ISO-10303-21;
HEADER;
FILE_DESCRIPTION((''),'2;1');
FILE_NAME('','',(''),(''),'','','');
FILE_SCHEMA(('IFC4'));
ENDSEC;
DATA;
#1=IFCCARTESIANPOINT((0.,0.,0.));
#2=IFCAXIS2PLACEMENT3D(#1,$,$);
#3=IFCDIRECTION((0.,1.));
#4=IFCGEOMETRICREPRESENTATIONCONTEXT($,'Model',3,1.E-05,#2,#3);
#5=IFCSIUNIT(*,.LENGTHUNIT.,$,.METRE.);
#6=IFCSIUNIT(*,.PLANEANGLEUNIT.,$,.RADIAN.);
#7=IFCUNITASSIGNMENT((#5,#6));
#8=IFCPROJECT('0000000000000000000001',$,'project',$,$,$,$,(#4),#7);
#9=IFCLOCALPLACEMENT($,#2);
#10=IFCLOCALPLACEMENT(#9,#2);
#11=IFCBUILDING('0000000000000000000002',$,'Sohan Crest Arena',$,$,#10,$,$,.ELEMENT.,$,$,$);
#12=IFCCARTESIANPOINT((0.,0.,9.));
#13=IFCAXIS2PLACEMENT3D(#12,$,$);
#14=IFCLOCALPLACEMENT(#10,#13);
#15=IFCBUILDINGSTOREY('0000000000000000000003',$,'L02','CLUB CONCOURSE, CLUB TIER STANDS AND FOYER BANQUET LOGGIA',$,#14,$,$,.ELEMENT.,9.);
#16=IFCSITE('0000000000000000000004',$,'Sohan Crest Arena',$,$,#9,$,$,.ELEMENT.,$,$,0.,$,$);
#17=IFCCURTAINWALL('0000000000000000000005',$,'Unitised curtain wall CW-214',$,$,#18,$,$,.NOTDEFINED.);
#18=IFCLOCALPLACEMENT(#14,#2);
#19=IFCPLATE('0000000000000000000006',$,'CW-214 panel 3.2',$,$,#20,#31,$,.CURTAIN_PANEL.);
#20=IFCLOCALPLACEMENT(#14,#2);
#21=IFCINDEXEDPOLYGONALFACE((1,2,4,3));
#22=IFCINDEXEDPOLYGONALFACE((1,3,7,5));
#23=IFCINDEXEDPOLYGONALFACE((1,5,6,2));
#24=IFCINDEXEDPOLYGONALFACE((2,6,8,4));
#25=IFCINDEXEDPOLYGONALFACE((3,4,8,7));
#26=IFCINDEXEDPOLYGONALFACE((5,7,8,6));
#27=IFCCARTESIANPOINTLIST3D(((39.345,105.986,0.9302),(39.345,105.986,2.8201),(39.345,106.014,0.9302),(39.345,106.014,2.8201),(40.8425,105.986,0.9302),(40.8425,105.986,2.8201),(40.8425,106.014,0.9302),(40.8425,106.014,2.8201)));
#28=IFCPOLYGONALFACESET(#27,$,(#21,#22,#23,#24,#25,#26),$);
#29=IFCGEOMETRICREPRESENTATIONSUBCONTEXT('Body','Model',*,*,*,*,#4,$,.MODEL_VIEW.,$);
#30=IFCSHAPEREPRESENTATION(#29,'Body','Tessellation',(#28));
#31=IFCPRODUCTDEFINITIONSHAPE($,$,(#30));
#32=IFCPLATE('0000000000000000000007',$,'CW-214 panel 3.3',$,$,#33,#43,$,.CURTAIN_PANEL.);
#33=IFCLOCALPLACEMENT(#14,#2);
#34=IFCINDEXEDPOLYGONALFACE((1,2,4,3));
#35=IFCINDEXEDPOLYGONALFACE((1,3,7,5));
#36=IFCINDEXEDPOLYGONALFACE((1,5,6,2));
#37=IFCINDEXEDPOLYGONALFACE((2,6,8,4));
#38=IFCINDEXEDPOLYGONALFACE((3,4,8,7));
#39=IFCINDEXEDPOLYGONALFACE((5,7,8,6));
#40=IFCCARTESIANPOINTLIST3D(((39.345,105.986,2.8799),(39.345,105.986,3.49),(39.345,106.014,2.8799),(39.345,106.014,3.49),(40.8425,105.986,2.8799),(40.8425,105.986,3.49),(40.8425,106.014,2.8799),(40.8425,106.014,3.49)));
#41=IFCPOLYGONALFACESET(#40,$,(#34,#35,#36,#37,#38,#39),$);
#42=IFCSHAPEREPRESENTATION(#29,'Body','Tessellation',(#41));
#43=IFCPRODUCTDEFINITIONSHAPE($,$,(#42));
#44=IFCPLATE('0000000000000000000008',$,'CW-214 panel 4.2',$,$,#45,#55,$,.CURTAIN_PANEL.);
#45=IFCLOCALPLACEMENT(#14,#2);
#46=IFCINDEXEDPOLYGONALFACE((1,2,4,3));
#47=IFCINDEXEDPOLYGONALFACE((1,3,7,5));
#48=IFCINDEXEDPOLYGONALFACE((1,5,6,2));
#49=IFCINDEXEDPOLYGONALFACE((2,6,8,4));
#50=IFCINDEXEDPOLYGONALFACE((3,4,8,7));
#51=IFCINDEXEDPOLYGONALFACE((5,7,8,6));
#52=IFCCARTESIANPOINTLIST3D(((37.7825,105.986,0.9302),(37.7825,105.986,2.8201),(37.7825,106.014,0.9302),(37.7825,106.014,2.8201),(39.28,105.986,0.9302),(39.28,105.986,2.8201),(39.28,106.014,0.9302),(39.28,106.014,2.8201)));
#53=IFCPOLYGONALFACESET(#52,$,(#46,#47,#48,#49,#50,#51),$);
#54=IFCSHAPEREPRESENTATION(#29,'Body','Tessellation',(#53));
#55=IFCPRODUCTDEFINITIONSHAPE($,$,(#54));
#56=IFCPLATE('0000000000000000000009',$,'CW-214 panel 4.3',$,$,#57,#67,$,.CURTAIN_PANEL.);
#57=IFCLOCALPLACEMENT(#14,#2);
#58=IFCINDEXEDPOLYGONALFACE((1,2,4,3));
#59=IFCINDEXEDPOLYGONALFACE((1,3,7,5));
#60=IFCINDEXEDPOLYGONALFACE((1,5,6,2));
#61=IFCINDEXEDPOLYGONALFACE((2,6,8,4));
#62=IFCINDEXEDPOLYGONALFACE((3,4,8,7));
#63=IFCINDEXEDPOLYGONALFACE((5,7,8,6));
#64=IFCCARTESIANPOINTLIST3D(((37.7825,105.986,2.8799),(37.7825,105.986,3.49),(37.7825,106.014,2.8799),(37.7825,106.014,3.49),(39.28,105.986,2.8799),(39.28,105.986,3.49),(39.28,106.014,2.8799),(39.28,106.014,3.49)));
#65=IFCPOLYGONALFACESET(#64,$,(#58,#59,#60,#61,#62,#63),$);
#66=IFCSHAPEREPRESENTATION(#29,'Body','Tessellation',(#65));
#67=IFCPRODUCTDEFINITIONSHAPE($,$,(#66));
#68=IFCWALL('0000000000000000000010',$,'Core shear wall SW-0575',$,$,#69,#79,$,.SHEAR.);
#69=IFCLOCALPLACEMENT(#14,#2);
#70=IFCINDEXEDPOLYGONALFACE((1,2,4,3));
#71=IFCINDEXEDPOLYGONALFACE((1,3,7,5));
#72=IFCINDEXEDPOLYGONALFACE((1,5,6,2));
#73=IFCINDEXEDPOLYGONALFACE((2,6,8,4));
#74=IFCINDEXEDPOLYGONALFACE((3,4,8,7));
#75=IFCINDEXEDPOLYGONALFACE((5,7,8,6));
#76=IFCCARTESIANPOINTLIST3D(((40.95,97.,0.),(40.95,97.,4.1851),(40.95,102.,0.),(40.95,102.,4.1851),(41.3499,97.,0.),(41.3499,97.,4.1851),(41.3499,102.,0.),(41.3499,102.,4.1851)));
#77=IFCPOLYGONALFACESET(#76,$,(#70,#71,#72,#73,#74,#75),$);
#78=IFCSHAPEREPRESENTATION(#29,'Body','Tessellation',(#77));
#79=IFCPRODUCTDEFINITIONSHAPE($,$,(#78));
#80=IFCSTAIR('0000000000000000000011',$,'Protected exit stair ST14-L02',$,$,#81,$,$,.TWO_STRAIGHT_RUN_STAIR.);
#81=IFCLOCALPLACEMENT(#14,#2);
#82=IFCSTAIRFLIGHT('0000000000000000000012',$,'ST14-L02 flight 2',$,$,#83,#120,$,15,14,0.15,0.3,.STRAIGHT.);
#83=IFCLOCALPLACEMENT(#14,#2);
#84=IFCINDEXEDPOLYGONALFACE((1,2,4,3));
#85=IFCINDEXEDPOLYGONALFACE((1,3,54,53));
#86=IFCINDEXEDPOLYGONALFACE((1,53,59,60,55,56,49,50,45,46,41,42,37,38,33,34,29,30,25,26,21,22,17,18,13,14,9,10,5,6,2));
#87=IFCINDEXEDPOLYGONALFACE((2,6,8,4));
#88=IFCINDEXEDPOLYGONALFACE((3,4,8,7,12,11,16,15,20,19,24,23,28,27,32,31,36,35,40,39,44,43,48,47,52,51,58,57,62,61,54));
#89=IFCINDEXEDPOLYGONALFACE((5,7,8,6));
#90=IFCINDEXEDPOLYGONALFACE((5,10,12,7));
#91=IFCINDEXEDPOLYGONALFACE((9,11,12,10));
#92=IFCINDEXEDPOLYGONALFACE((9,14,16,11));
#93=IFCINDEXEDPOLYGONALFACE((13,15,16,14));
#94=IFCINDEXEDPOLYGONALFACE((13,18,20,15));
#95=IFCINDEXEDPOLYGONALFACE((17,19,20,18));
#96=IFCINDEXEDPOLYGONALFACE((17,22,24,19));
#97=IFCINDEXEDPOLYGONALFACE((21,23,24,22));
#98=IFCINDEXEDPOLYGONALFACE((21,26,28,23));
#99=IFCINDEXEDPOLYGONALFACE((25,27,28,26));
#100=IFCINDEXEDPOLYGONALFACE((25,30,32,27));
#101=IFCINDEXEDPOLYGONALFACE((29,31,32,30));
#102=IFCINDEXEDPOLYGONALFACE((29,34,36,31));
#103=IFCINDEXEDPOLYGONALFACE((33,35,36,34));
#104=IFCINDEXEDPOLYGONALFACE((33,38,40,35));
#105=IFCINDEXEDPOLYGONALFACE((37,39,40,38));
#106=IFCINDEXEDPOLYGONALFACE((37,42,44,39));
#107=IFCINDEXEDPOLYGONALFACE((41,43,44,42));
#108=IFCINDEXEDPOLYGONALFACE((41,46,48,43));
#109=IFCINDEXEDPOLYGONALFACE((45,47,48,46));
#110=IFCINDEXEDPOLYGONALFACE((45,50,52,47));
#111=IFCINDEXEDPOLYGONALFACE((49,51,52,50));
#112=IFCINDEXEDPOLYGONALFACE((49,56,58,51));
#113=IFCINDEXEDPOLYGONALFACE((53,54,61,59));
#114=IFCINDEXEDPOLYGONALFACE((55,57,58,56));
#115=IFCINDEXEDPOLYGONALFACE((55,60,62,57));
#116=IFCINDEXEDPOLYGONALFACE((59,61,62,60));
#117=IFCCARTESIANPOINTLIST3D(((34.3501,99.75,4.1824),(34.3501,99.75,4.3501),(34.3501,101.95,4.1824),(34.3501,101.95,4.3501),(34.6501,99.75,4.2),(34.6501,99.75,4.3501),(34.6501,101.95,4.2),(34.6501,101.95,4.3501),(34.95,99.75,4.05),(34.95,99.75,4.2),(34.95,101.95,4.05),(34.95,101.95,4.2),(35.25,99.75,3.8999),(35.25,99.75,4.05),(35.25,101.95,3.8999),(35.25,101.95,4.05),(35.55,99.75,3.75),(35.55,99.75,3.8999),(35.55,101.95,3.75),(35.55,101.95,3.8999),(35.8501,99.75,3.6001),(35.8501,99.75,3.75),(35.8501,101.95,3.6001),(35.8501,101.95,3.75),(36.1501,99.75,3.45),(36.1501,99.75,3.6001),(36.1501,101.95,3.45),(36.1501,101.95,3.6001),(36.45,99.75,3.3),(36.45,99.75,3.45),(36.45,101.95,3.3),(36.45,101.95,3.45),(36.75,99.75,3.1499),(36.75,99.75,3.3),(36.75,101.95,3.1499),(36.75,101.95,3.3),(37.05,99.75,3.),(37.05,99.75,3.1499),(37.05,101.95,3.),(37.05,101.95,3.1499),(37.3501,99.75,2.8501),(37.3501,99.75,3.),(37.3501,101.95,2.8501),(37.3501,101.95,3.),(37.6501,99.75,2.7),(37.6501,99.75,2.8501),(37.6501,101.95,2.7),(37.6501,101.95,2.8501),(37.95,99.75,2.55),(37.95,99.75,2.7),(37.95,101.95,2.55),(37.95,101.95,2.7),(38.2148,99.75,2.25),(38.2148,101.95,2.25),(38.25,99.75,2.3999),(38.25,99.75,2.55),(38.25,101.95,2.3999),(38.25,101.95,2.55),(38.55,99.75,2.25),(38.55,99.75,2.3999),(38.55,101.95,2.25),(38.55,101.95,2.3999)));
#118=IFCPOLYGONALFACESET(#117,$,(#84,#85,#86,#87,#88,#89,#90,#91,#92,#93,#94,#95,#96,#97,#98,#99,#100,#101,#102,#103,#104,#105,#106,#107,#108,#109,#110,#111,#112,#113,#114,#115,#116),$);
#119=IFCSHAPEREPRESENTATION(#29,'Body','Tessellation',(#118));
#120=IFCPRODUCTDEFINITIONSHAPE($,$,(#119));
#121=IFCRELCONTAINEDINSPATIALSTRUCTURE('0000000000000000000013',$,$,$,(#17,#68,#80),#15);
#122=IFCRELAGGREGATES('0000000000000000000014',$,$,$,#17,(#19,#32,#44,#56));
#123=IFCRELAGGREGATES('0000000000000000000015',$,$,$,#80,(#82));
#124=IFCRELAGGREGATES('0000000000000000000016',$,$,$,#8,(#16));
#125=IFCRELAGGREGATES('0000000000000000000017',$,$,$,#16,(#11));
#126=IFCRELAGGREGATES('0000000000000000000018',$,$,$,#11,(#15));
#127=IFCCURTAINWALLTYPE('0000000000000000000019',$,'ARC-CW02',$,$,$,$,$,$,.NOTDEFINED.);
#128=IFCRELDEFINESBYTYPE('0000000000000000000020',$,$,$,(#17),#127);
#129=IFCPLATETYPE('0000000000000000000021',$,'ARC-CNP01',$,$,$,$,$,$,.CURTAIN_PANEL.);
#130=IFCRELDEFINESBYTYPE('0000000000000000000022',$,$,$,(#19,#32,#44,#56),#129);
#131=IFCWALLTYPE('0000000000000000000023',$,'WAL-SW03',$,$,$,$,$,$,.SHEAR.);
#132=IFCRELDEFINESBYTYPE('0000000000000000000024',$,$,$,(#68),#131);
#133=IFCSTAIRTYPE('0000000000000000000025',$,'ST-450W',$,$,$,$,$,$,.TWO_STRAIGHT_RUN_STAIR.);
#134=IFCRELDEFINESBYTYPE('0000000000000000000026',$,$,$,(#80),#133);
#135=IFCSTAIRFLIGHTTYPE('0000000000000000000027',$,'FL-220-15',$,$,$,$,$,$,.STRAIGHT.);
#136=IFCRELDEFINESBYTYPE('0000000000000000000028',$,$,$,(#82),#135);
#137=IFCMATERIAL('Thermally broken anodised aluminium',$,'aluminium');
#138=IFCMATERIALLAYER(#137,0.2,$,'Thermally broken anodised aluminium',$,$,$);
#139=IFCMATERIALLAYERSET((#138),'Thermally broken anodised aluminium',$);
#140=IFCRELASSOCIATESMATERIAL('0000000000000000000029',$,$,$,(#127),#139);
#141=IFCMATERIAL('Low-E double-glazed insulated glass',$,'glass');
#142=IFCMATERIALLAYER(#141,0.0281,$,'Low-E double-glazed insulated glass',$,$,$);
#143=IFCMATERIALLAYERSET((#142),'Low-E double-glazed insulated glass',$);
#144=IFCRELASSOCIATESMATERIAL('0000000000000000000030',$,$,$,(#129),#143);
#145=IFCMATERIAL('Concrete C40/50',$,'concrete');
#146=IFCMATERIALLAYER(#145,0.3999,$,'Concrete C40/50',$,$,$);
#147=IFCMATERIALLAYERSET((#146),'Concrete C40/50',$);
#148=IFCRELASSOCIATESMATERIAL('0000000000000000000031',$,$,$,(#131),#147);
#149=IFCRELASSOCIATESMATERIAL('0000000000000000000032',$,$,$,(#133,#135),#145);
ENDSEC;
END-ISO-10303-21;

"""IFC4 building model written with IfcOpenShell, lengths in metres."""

from ifc_helpers import new_model, si_unit, direction, frame, frame_2d, origin, origin_2d, place, context, subcontext, project, spatial, polyline, rectangle, outline, extrude, material, layer, layer_set, type_object, element, aggregate, save


model = new_model("IFC4")

# Units and contexts
model_context = context("Model", 3, precision=1e-05, world=origin(), true_north=direction((0.0, 1.0)))
body_context = subcontext(model_context, "Body", "Model", "MODEL_VIEW")
ifc_project = project(units=[si_unit("LENGTHUNIT", "METRE"), si_unit("PLANEANGLEUNIT", "RADIAN")], contexts=[model_context])

# Site, building, storey
site_placement = place(None, origin())
site = spatial("IfcSite", under=ifc_project, at=site_placement, Name="Sohan Crest Arena", CompositionType="ELEMENT", RefElevation=0.0)
building_placement = place(site_placement, origin())
building = spatial("IfcBuilding", under=site, at=building_placement, Name="Sohan Crest Arena", CompositionType="ELEMENT")
storey_placement = place(building_placement, frame((0.0, 0.0, 9.0)))
storey = spatial("IfcBuildingStorey", under=building, at=storey_placement, Name="L02", Description="CLUB CONCOURSE, CLUB TIER STANDS AND FOYER BANQUET LOGGIA", CompositionType="ELEMENT", Elevation=9.0)

# Shared definitions
ifc_material_1 = material(Name="Concrete C40/50", Category="concrete")

# Curtain wall, plates
ifc_material_2 = material(Name="Thermally broken anodised aluminium", Category="aluminium")
ifc_layer_1 = layer(ifc_material_2, 0.2, Name="Thermally broken anodised aluminium")
ifc_layer_set_1 = layer_set([ifc_layer_1], Name="Thermally broken anodised aluminium")
curtain_wall_type = type_object("IfcCurtainWallType", Name="ARC-CW02", PredefinedType="NOTDEFINED", material=ifc_layer_set_1)
curtain_wall_placement = place(storey_placement, origin())
curtain_wall = element("IfcCurtainWall", 1, at=curtain_wall_placement, inside=storey, type_object=curtain_wall_type, Name="Unitised curtain wall CW-214", PredefinedType="NOTDEFINED")
ifc_material_3 = material(Name="Low-E double-glazed insulated glass", Category="glass")
ifc_layer_2 = layer(ifc_material_3, 0.0281, Name="Low-E double-glazed insulated glass")
ifc_layer_set_2 = layer_set([ifc_layer_2], Name="Low-E double-glazed insulated glass")
plate_type = type_object("IfcPlateType", Name="ARC-CNP01", PredefinedType="CURTAIN_PANEL", material=ifc_layer_set_2)
plate_1_placement = place(storey_placement, frame((40.0938, 106.0, 0.9302), z_axis=(0.0, 0.0, 1.0), x_axis=(-1.0, 0.0, 0.0)))
plate_1 = element("IfcPlate", 2, at=plate_1_placement, type_object=plate_type, Name="CW-214 panel 3.2", PredefinedType="CURTAIN_PANEL", context=body_context, shape_type="SweptSolid", body=[
    extrude(rectangle(XDim=1.4976, YDim=0.0281, at=origin_2d()), origin(), (0.0, 0.0, 1.0), 1.8899),
])
plate_2_placement = place(storey_placement, frame((40.0938, 106.0, 2.8799), z_axis=(0.0, 0.0, 1.0), x_axis=(-1.0, 0.0, 0.0)))
plate_2 = element("IfcPlate", 3, at=plate_2_placement, type_object=plate_type, Name="CW-214 panel 3.3", PredefinedType="CURTAIN_PANEL", context=body_context, shape_type="SweptSolid", body=[
    extrude(rectangle(XDim=1.4976, YDim=0.0281, at=origin_2d()), origin(), (0.0, 0.0, 1.0), 0.6101),
])
plate_3_placement = place(storey_placement, frame((38.5312, 106.0, 0.9302), z_axis=(0.0, 0.0, 1.0), x_axis=(-1.0, 0.0, 0.0)))
plate_3 = element("IfcPlate", 4, at=plate_3_placement, type_object=plate_type, Name="CW-214 panel 4.2", PredefinedType="CURTAIN_PANEL", context=body_context, shape_type="SweptSolid", body=[
    extrude(rectangle(XDim=1.4976, YDim=0.0281, at=origin_2d()), origin(), (0.0, 0.0, 1.0), 1.8899),
])
plate_4_placement = place(storey_placement, frame((38.5312, 106.0, 2.8799), z_axis=(0.0, 0.0, 1.0), x_axis=(-1.0, 0.0, 0.0)))
plate_4 = element("IfcPlate", 5, at=plate_4_placement, type_object=plate_type, Name="CW-214 panel 4.3", PredefinedType="CURTAIN_PANEL", context=body_context, shape_type="SweptSolid", body=[
    extrude(rectangle(XDim=1.4976, YDim=0.0281, at=origin_2d()), origin(), (0.0, 0.0, 1.0), 0.6101),
])
aggregate(curtain_wall, [plate_1, plate_2, plate_3, plate_4])

# Wall
ifc_layer_3 = layer(ifc_material_1, 0.3999, Name="Concrete C40/50")
ifc_layer_set_3 = layer_set([ifc_layer_3], Name="Concrete C40/50")
wall_type = type_object("IfcWallType", Name="WAL-SW03", PredefinedType="SHEAR", material=ifc_layer_set_3)
wall_placement = place(storey_placement, frame((41.1499, 97.0, 0.0), z_axis=(0.0, 0.0, 1.0), x_axis=(0.0, 1.0, 0.0)))
element("IfcWall", 6, at=wall_placement, inside=storey, type_object=wall_type, Name="Core shear wall SW-0575", PredefinedType="SHEAR", context=body_context, shape_type="SweptSolid", body=[
    extrude(rectangle(XDim=5.0, YDim=0.3999, at=frame_2d((2.5, 0.0))), origin(), (0.0, 0.0, 1.0), 4.1851),
])

# Stair, stair flight
stair_type = type_object("IfcStairType", Name="ST-450W", PredefinedType="TWO_STRAIGHT_RUN_STAIR", material=ifc_material_1)
stair_placement = place(storey_placement, origin())
stair = element("IfcStair", 7, at=stair_placement, inside=storey, type_object=stair_type, Name="Protected exit stair ST14-L02", PredefinedType="TWO_STRAIGHT_RUN_STAIR")
stair_flight_type = type_object("IfcStairFlightType", Name="FL-220-15", PredefinedType="STRAIGHT", material=ifc_material_1)
stair_flight_placement = place(storey_placement, frame((38.55, 100.8501, 2.25), z_axis=(0.0, 0.0, 1.0), x_axis=(-1.0, 0.0, 0.0)))
stair_flight = element("IfcStairFlight", 8, at=stair_flight_placement, type_object=stair_flight_type, Name="ST14-L02 flight 2", NumberOfRisers=15, NumberOfTreads=14, PredefinedType="STRAIGHT", RiserHeight=0.15, TreadLength=0.3, context=body_context, shape_type="SweptSolid", body=[
    extrude(outline(polyline([(0.0, 0.0), (0.0, 0.1499), (0.3, 0.1499), (0.3, 0.3), (0.6001, 0.3), (0.6001, 0.45), (0.8999, 0.45), (0.8999, 0.6001), (1.2, 0.6001), (1.2, 0.75), (1.5, 0.75), (1.5, 0.8999), (1.8, 0.8999), (1.8, 1.05), (2.1001, 1.05), (2.1001, 1.2), (2.3999, 1.2), (2.3999, 1.3501), (2.7, 1.3501), (2.7, 1.5), (3.0, 1.5), (3.0, 1.6499), (3.3, 1.6499), (3.3, 1.8), (3.6001, 1.8), (3.6001, 1.95), (3.8999, 1.95), (3.8999, 2.1001), (4.2, 2.1001), (4.2, 2.25), (4.2, 1.9324), (0.3352, 0.0), (0.0, 0.0)])), frame((0.0, 1.1001, 0.0), z_axis=(0.0, -1.0, 0.0), x_axis=(1.0, 0.0, 0.0)), (0.0, 0.0, 1.0), 2.2),
])
aggregate(stair, [stair_flight])

save(model, "model.ifc")
